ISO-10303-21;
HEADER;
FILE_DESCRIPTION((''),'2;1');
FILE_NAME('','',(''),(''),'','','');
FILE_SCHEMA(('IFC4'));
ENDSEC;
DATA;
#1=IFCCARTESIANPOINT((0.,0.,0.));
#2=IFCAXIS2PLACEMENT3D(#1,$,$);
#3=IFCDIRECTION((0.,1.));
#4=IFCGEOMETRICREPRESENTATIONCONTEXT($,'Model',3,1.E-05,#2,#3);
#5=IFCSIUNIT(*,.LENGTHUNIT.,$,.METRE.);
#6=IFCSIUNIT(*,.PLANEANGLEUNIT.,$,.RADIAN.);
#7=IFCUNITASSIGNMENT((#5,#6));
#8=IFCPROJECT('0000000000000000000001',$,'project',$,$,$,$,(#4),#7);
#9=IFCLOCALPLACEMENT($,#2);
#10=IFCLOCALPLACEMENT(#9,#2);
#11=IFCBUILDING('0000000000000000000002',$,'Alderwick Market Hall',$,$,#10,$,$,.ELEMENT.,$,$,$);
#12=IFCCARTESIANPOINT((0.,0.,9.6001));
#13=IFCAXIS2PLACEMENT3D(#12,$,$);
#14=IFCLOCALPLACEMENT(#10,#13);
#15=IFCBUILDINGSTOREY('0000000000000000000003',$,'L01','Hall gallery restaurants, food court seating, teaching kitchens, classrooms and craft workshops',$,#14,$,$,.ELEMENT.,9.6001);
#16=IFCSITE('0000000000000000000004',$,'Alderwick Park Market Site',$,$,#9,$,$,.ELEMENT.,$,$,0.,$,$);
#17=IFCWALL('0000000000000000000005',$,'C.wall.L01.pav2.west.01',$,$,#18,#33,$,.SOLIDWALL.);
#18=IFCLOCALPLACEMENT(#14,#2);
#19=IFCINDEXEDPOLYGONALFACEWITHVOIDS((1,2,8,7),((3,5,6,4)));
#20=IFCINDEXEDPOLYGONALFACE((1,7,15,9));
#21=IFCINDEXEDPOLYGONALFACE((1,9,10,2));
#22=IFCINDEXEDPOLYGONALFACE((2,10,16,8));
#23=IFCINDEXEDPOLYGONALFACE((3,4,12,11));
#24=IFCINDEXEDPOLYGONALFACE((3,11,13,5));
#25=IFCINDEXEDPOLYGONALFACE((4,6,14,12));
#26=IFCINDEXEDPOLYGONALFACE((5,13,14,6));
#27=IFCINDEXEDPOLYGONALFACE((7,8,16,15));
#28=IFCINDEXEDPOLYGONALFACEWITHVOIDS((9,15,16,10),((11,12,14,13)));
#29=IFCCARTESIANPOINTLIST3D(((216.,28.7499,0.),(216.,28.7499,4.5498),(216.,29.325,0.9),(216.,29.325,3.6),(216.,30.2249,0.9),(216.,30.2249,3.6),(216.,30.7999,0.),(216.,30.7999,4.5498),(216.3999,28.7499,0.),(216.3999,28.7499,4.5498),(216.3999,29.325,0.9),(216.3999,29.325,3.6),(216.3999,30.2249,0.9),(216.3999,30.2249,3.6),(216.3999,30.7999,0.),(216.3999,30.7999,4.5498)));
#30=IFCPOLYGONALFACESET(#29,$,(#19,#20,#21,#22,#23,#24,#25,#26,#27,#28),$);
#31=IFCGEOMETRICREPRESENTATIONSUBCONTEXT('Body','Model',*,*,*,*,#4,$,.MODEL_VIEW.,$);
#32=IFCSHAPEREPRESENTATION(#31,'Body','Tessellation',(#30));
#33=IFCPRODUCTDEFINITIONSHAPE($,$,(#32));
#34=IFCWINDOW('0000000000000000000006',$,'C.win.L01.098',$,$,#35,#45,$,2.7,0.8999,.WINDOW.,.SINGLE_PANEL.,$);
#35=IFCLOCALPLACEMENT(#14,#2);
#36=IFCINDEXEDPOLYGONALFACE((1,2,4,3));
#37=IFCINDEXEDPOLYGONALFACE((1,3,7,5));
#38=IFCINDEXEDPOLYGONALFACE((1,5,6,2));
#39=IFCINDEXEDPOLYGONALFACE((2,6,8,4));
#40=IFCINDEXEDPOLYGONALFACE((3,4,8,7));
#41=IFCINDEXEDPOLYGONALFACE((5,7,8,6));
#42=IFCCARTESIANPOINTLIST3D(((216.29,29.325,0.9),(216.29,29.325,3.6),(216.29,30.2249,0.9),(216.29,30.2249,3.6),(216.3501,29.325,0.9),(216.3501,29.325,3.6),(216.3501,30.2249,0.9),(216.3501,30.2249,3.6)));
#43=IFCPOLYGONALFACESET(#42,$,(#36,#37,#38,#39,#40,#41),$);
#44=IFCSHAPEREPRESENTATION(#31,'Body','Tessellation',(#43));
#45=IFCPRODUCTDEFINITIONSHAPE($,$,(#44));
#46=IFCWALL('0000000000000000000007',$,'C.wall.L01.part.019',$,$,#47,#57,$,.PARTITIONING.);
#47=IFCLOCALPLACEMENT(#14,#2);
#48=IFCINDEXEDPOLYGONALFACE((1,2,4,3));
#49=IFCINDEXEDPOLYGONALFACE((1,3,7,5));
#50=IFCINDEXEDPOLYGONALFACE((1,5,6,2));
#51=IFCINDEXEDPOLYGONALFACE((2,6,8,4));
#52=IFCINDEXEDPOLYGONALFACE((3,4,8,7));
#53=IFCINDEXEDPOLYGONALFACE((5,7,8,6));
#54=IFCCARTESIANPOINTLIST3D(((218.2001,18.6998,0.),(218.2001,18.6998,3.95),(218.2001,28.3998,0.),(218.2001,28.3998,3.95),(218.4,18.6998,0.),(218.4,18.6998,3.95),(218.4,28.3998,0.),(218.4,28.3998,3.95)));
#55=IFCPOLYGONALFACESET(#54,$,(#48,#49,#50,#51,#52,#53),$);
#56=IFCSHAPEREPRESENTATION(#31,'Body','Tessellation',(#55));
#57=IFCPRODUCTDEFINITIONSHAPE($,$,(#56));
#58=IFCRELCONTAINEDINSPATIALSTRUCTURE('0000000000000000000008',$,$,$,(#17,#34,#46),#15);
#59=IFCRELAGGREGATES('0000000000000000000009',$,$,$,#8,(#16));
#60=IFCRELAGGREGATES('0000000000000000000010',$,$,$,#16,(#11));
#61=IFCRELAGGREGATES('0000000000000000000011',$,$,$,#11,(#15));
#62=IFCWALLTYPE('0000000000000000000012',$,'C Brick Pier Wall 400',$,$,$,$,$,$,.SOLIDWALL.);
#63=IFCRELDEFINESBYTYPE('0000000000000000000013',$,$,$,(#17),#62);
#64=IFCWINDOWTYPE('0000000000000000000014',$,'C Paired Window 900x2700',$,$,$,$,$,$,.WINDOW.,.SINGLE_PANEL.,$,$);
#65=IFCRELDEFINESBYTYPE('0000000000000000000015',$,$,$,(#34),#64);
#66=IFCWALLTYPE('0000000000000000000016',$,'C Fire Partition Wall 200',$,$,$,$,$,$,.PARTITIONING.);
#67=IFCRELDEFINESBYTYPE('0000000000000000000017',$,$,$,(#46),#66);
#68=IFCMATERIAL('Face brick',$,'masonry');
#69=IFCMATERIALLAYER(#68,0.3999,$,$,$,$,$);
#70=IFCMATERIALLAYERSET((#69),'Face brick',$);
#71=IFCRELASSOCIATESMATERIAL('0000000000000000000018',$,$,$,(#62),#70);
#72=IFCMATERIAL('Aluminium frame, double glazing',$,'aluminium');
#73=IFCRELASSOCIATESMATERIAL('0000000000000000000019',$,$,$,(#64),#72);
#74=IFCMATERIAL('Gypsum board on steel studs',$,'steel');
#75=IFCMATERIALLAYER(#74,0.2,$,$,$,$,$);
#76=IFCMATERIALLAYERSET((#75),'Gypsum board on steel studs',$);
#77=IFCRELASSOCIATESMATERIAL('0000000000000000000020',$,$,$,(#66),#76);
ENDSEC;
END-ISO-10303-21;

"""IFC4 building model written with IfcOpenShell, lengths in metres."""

from ifc_helpers import new_model, si_unit, direction, frame, frame_2d, origin, place, context, subcontext, project, spatial, rectangle, extrude, material, layer, layer_set, type_object, element, fill, save


model = new_model("IFC4")

# Units and contexts
model_context = context("Model", 3, precision=1e-05, world=origin(), true_north=direction((0.0, 1.0)))
body_context = subcontext(model_context, "Body", "Model", "MODEL_VIEW")
ifc_project = project(units=[si_unit("LENGTHUNIT", "METRE"), si_unit("PLANEANGLEUNIT", "RADIAN")], contexts=[model_context])

# Site, building, storey
site_placement = place(None, origin())
site = spatial("IfcSite", under=ifc_project, at=site_placement, Name="Alderwick Park Market Site", CompositionType="ELEMENT", RefElevation=0.0)
building_placement = place(site_placement, origin())
building = spatial("IfcBuilding", under=site, at=building_placement, Name="Alderwick Market Hall", CompositionType="ELEMENT")
storey_placement = place(building_placement, frame((0.0, 0.0, 9.6001)))
storey = spatial("IfcBuildingStorey", under=building, at=storey_placement, Name="L01", Description="Hall gallery restaurants, food court seating, teaching kitchens, classrooms and craft workshops", CompositionType="ELEMENT", Elevation=9.6001)

# Shared definitions
ifc_material_1 = material(Name="Face brick", Category="masonry")
ifc_layer_1 = layer(ifc_material_1, 0.3999)
ifc_layer_set_1 = layer_set([ifc_layer_1], Name="Face brick")
wall_type_1 = type_object("IfcWallType", Name="C Brick Pier Wall 400", PredefinedType="SOLIDWALL", material=ifc_layer_set_1)

# Shared definitions
ifc_material_2 = material(Name="Aluminium frame, double glazing", Category="aluminium")
window_type = type_object("IfcWindowType", Name="C Paired Window 900x2700", PartitioningType="SINGLE_PANEL", PredefinedType="WINDOW", material=ifc_material_2)

# Wall, opening, window
wall_1_placement = place(storey_placement, frame((216.2, 28.75, 0.0), z_axis=(0.0, 0.0, 1.0), x_axis=(0.0, 1.0, 0.0)))
wall_1 = element("IfcWall", 1, at=wall_1_placement, inside=storey, type_object=wall_type_1, Name="C.wall.L01.pav2.west.01", PredefinedType="SOLIDWALL", context=body_context, shape_type="SweptSolid", body=[
    extrude(rectangle(XDim=2.05, YDim=0.3999, at=frame_2d((1.0249, 0.0))), origin(), (0.0, 0.0, 1.0), 4.5498),
])
opening_1_placement = place(wall_1_placement, frame((0.575, 0.0, 0.8999)))
opening_1 = element("IfcOpeningElement", 2, at=opening_1_placement, cuts=wall_1, PredefinedType="OPENING", context=body_context, shape_type="SweptSolid", body=[
    extrude(rectangle(XDim=0.8999, YDim=2.7, at=frame_2d((0.45, 1.3501))), frame((0.0, 0.21, 0.0), z_axis=(0.0, -1.0, 0.0), x_axis=(1.0, 0.0, 0.0)), (0.0, 0.0, 1.0), 0.4199),
])
window_1_placement = place(opening_1_placement, origin())
window_1 = element("IfcWindow", 3, at=window_1_placement, inside=storey, type_object=window_type, Name="C.win.L01.098", OverallHeight=2.7, OverallWidth=0.8999, PartitioningType="SINGLE_PANEL", PredefinedType="WINDOW", context=body_context, shape_type="SweptSolid", body=[
    extrude(rectangle(XDim=0.8999, YDim=2.7, at=frame_2d((0.45, 1.3501))), frame((0.0, -0.0901, 0.0), z_axis=(0.0, -1.0, 0.0), x_axis=(1.0, 0.0, 0.0)), (0.0, 0.0, 1.0), 0.0601),
])
fill(opening_1, window_1)

# Wall
ifc_material_3 = material(Name="Gypsum board on steel studs", Category="steel")
ifc_layer_2 = layer(ifc_material_3, 0.2)
ifc_layer_set_2 = layer_set([ifc_layer_2], Name="Gypsum board on steel studs")
wall_type_2 = type_object("IfcWallType", Name="C Fire Partition Wall 200", PredefinedType="PARTITIONING", material=ifc_layer_set_2)
wall_2_placement = place(storey_placement, frame((218.3, 28.3999, 0.0), z_axis=(0.0, 0.0, 1.0), x_axis=(0.0, -1.0, 0.0)))
element("IfcWall", 4, at=wall_2_placement, inside=storey, type_object=wall_type_2, Name="C.wall.L01.part.019", PredefinedType="PARTITIONING", context=body_context, shape_type="SweptSolid", body=[
    extrude(rectangle(XDim=9.7, YDim=0.2, at=frame_2d((4.8501, 0.0))), origin(), (0.0, 0.0, 1.0), 3.95),
])

save(model, "model.ifc")
